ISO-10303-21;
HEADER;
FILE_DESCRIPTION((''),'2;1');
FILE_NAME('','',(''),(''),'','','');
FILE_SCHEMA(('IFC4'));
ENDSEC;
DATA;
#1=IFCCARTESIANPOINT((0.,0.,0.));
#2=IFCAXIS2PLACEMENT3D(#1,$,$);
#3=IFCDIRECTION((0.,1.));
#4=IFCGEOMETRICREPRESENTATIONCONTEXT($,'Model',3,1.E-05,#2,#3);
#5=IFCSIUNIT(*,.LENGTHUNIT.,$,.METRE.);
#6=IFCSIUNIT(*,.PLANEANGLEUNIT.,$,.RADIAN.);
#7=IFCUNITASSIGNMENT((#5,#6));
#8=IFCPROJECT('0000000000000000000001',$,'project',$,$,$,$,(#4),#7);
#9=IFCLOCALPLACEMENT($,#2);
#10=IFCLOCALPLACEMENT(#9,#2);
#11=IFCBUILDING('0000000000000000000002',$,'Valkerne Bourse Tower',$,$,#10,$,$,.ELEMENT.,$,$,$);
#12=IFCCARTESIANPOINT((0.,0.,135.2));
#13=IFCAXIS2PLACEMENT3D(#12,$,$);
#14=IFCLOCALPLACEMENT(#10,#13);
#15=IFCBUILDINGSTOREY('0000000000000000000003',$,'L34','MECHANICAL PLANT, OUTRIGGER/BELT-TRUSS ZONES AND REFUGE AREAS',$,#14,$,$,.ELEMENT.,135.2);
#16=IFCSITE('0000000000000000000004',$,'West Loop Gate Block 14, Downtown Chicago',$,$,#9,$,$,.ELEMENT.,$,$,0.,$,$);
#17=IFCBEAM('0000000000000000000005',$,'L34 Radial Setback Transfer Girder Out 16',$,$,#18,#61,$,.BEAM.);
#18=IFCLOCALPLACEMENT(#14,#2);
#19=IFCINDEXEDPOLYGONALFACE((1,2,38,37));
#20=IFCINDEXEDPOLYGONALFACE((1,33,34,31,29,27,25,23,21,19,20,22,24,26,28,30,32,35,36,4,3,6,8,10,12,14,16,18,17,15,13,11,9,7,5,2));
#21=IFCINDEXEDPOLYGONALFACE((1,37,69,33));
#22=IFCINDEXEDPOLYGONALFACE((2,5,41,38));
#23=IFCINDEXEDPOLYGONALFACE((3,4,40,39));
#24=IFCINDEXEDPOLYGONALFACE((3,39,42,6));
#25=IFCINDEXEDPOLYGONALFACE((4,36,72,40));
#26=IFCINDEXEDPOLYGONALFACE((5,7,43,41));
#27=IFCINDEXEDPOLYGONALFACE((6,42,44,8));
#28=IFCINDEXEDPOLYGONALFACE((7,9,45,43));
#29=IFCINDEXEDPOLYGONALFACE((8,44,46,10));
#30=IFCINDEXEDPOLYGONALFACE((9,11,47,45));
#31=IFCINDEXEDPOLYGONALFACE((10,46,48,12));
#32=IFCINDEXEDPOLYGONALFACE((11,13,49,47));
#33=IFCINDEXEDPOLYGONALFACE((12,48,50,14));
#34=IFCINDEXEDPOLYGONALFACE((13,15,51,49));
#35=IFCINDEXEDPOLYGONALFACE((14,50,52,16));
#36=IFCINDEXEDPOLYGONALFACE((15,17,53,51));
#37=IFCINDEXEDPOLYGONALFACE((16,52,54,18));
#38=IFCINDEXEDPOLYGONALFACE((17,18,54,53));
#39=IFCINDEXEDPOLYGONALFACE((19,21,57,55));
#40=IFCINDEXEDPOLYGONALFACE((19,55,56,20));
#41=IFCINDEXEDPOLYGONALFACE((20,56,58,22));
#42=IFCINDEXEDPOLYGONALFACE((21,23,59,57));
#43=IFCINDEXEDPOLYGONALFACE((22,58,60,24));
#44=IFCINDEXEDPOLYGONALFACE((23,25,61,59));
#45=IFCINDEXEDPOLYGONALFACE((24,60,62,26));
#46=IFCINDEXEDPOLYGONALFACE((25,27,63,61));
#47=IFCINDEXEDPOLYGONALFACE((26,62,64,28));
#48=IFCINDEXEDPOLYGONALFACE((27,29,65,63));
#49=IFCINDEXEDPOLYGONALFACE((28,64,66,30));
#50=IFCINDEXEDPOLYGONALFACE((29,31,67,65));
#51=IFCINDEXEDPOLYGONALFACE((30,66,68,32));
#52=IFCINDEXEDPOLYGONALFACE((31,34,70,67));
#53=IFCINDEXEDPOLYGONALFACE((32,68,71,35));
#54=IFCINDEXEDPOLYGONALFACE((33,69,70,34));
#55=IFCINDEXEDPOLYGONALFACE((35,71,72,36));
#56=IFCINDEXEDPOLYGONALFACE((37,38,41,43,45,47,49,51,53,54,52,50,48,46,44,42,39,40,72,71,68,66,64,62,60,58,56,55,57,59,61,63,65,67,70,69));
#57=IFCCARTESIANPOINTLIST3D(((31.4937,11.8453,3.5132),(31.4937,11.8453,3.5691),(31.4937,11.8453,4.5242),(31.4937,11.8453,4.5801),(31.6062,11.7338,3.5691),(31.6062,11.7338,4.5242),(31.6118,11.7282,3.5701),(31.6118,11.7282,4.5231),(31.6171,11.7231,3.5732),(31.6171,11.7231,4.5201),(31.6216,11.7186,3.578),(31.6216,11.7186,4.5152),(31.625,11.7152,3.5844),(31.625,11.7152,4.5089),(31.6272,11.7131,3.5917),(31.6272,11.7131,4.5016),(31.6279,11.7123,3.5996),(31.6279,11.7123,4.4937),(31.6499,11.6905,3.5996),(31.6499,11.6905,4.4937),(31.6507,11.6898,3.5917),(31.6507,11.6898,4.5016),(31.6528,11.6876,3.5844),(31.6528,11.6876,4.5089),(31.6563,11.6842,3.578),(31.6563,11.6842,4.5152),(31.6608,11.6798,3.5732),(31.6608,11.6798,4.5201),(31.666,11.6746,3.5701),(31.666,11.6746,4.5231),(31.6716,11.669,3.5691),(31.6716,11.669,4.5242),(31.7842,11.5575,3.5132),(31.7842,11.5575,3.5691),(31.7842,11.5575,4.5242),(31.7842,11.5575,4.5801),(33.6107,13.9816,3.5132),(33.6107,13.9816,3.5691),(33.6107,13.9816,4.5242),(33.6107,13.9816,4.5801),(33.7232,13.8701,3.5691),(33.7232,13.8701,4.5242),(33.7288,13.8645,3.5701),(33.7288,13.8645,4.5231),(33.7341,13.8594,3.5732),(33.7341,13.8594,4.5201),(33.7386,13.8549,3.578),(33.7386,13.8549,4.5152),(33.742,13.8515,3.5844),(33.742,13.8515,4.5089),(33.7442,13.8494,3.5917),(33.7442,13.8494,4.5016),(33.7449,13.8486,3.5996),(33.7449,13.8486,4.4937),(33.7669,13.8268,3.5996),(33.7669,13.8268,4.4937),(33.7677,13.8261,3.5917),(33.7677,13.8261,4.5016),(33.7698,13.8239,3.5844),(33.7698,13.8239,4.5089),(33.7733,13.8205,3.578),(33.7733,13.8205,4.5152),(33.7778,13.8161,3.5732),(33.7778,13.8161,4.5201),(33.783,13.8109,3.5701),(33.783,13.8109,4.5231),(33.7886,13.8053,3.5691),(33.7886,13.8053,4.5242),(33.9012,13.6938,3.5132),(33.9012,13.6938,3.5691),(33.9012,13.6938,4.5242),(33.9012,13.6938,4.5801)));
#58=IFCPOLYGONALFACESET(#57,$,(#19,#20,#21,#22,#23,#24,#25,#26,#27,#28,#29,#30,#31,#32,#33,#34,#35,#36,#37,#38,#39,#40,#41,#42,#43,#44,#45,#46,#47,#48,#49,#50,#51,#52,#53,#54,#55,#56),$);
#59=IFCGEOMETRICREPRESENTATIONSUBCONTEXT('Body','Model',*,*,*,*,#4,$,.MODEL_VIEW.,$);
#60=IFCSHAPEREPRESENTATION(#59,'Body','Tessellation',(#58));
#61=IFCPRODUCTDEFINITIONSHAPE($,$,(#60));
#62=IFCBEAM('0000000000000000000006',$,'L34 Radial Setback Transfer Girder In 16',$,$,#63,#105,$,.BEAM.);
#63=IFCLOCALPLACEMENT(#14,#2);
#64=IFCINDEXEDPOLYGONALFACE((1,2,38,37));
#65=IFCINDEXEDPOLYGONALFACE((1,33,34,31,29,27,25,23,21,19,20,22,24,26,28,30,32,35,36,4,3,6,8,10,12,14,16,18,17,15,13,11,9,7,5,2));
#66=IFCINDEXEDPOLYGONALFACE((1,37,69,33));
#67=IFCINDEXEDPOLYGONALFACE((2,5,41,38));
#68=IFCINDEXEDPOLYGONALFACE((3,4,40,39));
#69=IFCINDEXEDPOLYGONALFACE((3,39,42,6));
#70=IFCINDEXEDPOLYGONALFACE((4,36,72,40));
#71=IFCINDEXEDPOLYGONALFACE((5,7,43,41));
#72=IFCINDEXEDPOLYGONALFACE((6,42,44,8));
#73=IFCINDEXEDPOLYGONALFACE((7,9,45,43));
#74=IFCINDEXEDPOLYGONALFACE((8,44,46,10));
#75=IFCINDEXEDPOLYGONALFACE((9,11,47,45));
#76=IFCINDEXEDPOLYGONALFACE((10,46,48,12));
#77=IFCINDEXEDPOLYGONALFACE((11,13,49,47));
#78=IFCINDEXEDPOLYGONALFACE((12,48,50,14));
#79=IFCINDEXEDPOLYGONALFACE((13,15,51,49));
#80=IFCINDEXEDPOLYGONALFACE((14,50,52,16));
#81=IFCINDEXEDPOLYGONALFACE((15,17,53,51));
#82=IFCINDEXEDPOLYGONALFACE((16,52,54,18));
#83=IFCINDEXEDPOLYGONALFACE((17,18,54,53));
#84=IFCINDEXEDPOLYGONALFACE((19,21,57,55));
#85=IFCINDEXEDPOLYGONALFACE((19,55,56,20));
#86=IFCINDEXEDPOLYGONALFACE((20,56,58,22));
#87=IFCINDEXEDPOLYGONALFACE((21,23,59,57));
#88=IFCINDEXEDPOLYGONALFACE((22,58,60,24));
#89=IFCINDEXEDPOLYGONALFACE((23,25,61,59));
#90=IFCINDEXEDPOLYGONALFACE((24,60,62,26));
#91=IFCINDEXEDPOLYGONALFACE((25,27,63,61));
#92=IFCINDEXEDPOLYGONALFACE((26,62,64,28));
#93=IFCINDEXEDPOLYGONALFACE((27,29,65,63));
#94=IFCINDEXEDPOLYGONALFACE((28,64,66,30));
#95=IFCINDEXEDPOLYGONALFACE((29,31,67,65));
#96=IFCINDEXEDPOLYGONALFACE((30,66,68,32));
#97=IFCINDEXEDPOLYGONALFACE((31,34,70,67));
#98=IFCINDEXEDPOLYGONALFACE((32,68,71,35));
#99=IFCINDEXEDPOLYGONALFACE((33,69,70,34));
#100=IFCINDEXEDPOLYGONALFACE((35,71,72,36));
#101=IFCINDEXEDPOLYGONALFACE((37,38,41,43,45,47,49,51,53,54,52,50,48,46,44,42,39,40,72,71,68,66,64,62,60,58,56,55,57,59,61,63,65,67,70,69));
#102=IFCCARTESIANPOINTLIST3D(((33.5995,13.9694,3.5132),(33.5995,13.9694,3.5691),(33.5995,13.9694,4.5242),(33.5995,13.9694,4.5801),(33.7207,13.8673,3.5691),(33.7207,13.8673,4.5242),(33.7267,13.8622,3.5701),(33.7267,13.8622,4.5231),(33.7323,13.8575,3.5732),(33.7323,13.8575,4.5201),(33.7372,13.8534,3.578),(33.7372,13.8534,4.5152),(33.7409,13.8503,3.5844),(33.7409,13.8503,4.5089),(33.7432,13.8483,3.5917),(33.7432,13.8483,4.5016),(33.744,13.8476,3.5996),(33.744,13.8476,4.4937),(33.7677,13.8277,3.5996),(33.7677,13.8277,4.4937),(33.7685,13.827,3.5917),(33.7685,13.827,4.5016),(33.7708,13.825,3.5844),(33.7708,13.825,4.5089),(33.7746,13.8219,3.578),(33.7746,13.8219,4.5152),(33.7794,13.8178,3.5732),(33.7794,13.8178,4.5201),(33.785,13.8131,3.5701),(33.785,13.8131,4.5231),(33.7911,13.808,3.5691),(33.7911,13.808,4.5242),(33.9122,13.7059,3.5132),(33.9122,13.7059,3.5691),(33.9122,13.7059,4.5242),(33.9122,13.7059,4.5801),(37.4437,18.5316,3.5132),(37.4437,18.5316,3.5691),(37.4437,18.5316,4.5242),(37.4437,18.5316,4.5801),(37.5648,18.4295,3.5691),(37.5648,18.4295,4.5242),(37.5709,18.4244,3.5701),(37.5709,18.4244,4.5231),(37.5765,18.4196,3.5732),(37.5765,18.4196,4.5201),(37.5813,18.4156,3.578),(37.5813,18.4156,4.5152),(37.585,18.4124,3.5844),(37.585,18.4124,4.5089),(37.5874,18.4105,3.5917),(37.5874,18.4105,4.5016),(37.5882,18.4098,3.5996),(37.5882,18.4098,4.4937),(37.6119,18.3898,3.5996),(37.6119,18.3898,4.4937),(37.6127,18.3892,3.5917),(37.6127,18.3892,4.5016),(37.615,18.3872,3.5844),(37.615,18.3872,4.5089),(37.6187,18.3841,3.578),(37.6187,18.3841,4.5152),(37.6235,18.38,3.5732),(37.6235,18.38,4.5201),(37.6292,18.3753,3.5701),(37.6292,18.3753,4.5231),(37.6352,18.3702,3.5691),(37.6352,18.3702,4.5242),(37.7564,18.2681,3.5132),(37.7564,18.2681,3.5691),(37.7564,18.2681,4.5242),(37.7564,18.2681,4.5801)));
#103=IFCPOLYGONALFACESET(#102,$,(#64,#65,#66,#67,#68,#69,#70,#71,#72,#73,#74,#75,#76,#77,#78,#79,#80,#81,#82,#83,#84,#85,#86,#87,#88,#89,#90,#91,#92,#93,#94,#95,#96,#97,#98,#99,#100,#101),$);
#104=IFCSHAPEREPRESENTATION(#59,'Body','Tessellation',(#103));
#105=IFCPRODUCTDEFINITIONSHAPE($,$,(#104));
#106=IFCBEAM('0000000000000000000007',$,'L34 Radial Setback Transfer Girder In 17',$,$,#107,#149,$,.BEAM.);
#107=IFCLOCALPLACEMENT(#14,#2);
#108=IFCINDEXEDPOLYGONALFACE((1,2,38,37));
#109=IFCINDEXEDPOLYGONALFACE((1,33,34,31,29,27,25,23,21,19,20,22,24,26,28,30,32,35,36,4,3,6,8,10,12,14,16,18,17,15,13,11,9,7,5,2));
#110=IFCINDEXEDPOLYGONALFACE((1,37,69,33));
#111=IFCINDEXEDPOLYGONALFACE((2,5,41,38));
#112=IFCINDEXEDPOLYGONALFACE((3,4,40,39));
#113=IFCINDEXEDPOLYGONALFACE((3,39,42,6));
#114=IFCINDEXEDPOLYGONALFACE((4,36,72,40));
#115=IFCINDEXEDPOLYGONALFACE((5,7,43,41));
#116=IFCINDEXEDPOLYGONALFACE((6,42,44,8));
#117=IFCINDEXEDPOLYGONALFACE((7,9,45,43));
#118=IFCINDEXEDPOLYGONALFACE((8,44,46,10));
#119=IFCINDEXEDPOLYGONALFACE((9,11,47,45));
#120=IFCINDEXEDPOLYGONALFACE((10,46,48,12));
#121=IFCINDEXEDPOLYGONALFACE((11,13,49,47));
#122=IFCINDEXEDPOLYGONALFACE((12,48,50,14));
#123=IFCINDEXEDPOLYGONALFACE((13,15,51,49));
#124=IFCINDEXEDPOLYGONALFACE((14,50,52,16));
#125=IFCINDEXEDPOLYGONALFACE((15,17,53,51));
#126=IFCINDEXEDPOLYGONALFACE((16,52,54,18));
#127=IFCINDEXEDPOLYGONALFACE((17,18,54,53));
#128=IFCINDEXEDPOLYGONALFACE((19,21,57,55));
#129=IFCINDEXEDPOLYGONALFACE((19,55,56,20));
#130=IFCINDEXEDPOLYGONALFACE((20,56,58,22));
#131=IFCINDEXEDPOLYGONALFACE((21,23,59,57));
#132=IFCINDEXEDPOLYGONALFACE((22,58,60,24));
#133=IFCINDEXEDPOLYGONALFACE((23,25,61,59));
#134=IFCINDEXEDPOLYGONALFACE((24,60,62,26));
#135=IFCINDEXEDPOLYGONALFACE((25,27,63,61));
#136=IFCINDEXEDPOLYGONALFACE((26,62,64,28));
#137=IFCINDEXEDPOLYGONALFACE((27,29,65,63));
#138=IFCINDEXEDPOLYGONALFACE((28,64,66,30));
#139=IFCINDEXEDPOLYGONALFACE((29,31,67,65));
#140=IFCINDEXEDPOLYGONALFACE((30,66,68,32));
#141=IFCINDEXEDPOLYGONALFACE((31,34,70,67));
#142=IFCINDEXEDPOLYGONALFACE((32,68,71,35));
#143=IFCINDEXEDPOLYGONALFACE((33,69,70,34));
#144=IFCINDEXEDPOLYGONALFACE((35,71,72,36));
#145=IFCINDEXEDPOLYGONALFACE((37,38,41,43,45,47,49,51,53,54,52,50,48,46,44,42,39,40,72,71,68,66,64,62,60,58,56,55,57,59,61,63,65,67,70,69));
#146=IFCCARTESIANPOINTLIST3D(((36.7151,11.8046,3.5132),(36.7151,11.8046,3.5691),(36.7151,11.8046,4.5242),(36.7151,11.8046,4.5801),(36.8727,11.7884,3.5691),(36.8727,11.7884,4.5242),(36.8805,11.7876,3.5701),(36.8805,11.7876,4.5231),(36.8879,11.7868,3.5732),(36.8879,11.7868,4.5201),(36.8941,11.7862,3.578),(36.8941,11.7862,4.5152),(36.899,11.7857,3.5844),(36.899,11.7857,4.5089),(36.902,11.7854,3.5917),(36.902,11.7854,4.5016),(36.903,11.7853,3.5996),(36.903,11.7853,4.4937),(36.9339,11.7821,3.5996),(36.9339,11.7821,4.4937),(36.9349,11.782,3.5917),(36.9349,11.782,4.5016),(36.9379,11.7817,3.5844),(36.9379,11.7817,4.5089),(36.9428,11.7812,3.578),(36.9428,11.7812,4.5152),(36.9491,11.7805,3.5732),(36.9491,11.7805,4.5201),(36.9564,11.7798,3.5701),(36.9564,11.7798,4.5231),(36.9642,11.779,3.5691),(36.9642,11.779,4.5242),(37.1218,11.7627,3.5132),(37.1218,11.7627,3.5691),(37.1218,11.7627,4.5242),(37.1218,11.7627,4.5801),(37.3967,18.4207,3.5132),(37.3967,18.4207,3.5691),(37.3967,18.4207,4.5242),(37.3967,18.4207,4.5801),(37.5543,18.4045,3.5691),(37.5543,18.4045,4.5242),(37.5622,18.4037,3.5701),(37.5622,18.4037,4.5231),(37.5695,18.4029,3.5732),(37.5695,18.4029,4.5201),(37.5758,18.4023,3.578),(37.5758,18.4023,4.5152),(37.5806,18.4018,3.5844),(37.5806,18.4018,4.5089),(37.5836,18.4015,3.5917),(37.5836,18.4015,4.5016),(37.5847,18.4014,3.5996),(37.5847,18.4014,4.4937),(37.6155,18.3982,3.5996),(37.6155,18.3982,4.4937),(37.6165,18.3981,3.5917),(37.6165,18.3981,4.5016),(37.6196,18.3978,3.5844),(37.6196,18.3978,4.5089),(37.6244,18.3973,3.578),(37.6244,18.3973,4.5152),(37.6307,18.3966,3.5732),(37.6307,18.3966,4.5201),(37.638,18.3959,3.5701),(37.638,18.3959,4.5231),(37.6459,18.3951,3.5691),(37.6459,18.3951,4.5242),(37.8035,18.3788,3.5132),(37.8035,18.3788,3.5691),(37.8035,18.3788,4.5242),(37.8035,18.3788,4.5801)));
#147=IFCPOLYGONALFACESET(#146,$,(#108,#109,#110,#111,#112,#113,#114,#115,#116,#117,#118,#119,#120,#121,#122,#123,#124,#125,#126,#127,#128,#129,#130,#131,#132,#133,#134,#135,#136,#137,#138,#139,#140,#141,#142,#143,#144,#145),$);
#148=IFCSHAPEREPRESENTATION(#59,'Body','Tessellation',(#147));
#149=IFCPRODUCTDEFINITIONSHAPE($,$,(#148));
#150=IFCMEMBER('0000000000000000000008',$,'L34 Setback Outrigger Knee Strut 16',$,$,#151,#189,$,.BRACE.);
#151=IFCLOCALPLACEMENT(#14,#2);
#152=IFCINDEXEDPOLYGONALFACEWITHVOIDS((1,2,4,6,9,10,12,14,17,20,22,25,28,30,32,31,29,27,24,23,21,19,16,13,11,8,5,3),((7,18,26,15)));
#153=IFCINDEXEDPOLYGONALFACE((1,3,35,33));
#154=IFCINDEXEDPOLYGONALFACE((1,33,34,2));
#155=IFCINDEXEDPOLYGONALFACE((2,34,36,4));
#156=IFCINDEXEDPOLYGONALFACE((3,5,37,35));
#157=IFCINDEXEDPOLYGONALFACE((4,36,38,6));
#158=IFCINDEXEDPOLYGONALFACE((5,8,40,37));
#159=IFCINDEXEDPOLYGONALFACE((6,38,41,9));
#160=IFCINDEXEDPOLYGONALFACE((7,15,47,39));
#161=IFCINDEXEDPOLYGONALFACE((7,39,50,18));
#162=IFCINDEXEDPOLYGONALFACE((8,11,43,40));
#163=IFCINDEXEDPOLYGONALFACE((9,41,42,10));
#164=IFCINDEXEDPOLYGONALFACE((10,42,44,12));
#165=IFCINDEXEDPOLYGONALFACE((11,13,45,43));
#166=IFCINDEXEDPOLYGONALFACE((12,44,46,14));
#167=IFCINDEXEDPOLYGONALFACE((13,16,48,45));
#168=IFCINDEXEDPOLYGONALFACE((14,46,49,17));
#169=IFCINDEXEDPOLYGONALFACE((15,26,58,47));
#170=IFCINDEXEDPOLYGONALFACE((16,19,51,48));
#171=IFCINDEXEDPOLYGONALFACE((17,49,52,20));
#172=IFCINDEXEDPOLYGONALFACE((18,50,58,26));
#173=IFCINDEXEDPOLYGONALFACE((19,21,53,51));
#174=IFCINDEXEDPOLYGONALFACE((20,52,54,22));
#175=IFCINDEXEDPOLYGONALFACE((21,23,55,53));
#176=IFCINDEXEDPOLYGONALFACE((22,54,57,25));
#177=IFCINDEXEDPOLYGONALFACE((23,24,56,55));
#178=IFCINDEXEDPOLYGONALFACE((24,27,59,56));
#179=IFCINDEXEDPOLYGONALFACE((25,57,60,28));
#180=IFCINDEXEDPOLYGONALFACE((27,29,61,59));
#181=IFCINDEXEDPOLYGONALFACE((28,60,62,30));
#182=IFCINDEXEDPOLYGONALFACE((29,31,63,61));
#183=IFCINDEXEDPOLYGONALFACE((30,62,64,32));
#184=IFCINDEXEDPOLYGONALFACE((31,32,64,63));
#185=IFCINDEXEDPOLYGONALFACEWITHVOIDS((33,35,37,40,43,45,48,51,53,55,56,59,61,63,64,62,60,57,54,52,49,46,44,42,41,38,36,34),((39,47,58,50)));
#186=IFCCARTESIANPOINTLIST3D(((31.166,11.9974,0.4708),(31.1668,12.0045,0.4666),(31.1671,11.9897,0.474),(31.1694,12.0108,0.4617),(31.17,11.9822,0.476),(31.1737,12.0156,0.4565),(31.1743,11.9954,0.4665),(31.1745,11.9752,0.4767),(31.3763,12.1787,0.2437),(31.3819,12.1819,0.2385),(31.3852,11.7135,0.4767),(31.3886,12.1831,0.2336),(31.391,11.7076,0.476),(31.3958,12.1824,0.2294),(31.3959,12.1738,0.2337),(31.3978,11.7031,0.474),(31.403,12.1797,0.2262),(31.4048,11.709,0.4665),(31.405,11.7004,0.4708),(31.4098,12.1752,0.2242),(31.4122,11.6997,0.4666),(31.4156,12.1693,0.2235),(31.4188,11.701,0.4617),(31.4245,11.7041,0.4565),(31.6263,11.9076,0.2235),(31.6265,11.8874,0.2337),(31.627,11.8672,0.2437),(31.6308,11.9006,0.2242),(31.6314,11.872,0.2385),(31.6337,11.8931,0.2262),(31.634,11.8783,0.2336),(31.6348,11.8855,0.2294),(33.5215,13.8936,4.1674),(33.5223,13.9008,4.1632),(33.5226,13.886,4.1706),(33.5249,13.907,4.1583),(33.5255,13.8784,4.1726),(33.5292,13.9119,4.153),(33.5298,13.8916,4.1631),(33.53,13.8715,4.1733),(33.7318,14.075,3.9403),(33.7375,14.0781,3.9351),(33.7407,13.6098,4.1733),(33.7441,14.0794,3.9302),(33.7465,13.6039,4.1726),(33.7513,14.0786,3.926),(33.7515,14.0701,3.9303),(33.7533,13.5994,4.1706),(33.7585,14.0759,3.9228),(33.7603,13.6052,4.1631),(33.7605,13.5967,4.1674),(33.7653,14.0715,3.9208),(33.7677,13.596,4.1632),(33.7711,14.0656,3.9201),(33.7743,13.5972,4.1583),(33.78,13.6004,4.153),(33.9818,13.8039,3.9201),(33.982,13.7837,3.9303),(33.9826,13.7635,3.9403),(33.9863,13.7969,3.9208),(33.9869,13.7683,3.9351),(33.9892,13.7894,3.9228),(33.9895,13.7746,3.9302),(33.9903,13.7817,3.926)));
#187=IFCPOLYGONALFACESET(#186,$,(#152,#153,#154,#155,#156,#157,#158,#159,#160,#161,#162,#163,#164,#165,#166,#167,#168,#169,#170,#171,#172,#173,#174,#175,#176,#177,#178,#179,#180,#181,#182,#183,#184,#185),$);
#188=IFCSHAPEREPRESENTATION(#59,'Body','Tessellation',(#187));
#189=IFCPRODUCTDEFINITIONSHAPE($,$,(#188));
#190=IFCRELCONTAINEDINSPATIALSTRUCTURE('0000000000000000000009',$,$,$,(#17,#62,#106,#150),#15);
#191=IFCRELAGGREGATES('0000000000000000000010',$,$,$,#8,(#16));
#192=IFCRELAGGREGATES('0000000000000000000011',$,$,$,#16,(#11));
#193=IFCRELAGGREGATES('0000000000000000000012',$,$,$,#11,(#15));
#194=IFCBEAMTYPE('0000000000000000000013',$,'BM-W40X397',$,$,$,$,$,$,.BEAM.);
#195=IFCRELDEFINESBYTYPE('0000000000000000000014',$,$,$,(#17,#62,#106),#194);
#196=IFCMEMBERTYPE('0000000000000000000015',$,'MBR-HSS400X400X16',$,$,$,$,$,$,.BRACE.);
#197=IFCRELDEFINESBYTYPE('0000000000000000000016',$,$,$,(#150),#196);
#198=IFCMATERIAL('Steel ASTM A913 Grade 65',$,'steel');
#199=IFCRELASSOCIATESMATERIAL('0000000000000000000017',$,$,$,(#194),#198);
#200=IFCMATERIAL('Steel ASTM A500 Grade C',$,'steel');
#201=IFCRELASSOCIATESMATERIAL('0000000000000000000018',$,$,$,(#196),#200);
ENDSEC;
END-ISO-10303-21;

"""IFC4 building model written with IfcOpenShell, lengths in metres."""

from ifc_helpers import new_model, si_unit, direction, frame, origin, origin_2d, place, context, subcontext, project, spatial, hollow_rectangle, i_section, extrude, material, material_profile, profile_set, type_object, element, save


model = new_model("IFC4")

# Units and contexts
model_context = context("Model", 3, precision=1e-05, world=origin(), true_north=direction((0.0, 1.0)))
body_context = subcontext(model_context, "Body", "Model", "MODEL_VIEW")
ifc_project = project(units=[si_unit("LENGTHUNIT", "METRE"), si_unit("PLANEANGLEUNIT", "RADIAN")], contexts=[model_context])

# Site, building, storey
site_placement = place(None, origin())
site = spatial("IfcSite", under=ifc_project, at=site_placement, Name="West Loop Gate Block 14, Downtown Chicago", CompositionType="ELEMENT", RefElevation=0.0)
building_placement = place(site_placement, origin())
building = spatial("IfcBuilding", under=site, at=building_placement, Name="Valkerne Bourse Tower", CompositionType="ELEMENT")
storey_placement = place(building_placement, frame((0.0, 0.0, 135.2)))
storey = spatial("IfcBuildingStorey", under=building, at=storey_placement, Name="L34", Description="MECHANICAL PLANT, OUTRIGGER/BELT-TRUSS ZONES AND REFUGE AREAS", CompositionType="ELEMENT", Elevation=135.2)

# Shared definitions
ifc_material_1 = material(Name="Steel ASTM A913 Grade 65", Category="steel")

# Beams
ifc_material_profile_1 = material_profile(ifc_material_1, i_section(OverallWidth=0.4089, OverallDepth=1.0669, WebThickness=0.031, FlangeThickness=0.0559, FilletRadius=0.0305, at=origin_2d()), Name="W40X397")
ifc_profile_set_1 = profile_set([ifc_material_profile_1], Name="Steel ASTM A913 Grade 65")
beam_type_1 = type_object("IfcBeamType", Name="BM-W40X397", PredefinedType="BEAM", material=ifc_profile_set_1)
beam_1_placement = place(storey_placement, frame((31.6389, 11.7014, 4.0466), z_axis=(0.703893, 0.710306, 0.0), x_axis=(-0.710306, 0.703893, 0.0)))
element("IfcBeam", 1, at=beam_1_placement, inside=storey, type_object=beam_type_1, Name="L34 Radial Setback Transfer Girder Out 16", PredefinedType="BEAM", context=body_context, shape_type="SweptSolid", body=[
    extrude(i_section(OverallWidth=0.4089, OverallDepth=1.0669, WebThickness=0.031, FlangeThickness=0.0559, FilletRadius=0.0305, at=origin_2d()), origin(), (0.0, 0.0, 1.0), 3.0076),
])
beam_2_placement = place(storey_placement, frame((33.7559, 13.8376, 4.0466), z_axis=(0.644365, 0.764718, 0.0), x_axis=(-0.764718, 0.644365, 0.0)))
element("IfcBeam", 2, at=beam_2_placement, inside=storey, type_object=beam_type_1, Name="L34 Radial Setback Transfer Girder In 16", PredefinedType="BEAM", context=body_context, shape_type="SweptSolid", body=[
    extrude(i_section(OverallWidth=0.4089, OverallDepth=1.0669, WebThickness=0.031, FlangeThickness=0.0559, FilletRadius=0.0305, at=origin_2d()), origin(), (0.0, 0.0, 1.0), 5.9658),
])
beam_3_placement = place(storey_placement, frame((36.9185, 11.7837, 4.0466), z_axis=(0.102483, 0.994735, 0.0), x_axis=(-0.994735, 0.102483, 0.0)))
element("IfcBeam", 3, at=beam_3_placement, inside=storey, type_object=beam_type_1, Name="L34 Radial Setback Transfer Girder In 17", PredefinedType="BEAM", context=body_context, shape_type="SweptSolid", body=[
    extrude(i_section(OverallWidth=0.4089, OverallDepth=1.0669, WebThickness=0.031, FlangeThickness=0.0559, FilletRadius=0.0305, at=origin_2d()), origin(), (0.0, 0.0, 1.0), 6.6511),
])

# Member
ifc_material_2 = material(Name="Steel ASTM A500 Grade C", Category="steel")
ifc_material_profile_2 = material_profile(ifc_material_2, hollow_rectangle(XDim=0.3999, YDim=0.3999, WallThickness=0.0161, OuterFilletRadius=0.032, at=origin_2d()), Name="HSS400X400X16")
ifc_profile_set_2 = profile_set([ifc_material_profile_2], Name="Steel ASTM A500 Grade C")
member_type_1 = type_object("IfcMemberType", Name="MBR-HSS400X400X16", PredefinedType="BRACE", material=ifc_profile_set_2)
member_1_placement = place(storey_placement, frame((31.4004, 11.9414, 0.3501), z_axis=(0.493209, 0.397051, 0.774013), x_axis=(-0.627085, 0.778951, 0.0)))
element("IfcMember", 4, at=member_1_placement, inside=storey, type_object=member_type_1, Name="L34 Setback Outrigger Knee Strut 16", PredefinedType="BRACE", context=body_context, shape_type="SweptSolid", body=[
    extrude(hollow_rectangle(XDim=0.3999, YDim=0.3999, WallThickness=0.0161, OuterFilletRadius=0.032, at=origin_2d()), origin(), (0.0, 0.0, 1.0), 4.7759),
])

save(model, "model.ifc")
